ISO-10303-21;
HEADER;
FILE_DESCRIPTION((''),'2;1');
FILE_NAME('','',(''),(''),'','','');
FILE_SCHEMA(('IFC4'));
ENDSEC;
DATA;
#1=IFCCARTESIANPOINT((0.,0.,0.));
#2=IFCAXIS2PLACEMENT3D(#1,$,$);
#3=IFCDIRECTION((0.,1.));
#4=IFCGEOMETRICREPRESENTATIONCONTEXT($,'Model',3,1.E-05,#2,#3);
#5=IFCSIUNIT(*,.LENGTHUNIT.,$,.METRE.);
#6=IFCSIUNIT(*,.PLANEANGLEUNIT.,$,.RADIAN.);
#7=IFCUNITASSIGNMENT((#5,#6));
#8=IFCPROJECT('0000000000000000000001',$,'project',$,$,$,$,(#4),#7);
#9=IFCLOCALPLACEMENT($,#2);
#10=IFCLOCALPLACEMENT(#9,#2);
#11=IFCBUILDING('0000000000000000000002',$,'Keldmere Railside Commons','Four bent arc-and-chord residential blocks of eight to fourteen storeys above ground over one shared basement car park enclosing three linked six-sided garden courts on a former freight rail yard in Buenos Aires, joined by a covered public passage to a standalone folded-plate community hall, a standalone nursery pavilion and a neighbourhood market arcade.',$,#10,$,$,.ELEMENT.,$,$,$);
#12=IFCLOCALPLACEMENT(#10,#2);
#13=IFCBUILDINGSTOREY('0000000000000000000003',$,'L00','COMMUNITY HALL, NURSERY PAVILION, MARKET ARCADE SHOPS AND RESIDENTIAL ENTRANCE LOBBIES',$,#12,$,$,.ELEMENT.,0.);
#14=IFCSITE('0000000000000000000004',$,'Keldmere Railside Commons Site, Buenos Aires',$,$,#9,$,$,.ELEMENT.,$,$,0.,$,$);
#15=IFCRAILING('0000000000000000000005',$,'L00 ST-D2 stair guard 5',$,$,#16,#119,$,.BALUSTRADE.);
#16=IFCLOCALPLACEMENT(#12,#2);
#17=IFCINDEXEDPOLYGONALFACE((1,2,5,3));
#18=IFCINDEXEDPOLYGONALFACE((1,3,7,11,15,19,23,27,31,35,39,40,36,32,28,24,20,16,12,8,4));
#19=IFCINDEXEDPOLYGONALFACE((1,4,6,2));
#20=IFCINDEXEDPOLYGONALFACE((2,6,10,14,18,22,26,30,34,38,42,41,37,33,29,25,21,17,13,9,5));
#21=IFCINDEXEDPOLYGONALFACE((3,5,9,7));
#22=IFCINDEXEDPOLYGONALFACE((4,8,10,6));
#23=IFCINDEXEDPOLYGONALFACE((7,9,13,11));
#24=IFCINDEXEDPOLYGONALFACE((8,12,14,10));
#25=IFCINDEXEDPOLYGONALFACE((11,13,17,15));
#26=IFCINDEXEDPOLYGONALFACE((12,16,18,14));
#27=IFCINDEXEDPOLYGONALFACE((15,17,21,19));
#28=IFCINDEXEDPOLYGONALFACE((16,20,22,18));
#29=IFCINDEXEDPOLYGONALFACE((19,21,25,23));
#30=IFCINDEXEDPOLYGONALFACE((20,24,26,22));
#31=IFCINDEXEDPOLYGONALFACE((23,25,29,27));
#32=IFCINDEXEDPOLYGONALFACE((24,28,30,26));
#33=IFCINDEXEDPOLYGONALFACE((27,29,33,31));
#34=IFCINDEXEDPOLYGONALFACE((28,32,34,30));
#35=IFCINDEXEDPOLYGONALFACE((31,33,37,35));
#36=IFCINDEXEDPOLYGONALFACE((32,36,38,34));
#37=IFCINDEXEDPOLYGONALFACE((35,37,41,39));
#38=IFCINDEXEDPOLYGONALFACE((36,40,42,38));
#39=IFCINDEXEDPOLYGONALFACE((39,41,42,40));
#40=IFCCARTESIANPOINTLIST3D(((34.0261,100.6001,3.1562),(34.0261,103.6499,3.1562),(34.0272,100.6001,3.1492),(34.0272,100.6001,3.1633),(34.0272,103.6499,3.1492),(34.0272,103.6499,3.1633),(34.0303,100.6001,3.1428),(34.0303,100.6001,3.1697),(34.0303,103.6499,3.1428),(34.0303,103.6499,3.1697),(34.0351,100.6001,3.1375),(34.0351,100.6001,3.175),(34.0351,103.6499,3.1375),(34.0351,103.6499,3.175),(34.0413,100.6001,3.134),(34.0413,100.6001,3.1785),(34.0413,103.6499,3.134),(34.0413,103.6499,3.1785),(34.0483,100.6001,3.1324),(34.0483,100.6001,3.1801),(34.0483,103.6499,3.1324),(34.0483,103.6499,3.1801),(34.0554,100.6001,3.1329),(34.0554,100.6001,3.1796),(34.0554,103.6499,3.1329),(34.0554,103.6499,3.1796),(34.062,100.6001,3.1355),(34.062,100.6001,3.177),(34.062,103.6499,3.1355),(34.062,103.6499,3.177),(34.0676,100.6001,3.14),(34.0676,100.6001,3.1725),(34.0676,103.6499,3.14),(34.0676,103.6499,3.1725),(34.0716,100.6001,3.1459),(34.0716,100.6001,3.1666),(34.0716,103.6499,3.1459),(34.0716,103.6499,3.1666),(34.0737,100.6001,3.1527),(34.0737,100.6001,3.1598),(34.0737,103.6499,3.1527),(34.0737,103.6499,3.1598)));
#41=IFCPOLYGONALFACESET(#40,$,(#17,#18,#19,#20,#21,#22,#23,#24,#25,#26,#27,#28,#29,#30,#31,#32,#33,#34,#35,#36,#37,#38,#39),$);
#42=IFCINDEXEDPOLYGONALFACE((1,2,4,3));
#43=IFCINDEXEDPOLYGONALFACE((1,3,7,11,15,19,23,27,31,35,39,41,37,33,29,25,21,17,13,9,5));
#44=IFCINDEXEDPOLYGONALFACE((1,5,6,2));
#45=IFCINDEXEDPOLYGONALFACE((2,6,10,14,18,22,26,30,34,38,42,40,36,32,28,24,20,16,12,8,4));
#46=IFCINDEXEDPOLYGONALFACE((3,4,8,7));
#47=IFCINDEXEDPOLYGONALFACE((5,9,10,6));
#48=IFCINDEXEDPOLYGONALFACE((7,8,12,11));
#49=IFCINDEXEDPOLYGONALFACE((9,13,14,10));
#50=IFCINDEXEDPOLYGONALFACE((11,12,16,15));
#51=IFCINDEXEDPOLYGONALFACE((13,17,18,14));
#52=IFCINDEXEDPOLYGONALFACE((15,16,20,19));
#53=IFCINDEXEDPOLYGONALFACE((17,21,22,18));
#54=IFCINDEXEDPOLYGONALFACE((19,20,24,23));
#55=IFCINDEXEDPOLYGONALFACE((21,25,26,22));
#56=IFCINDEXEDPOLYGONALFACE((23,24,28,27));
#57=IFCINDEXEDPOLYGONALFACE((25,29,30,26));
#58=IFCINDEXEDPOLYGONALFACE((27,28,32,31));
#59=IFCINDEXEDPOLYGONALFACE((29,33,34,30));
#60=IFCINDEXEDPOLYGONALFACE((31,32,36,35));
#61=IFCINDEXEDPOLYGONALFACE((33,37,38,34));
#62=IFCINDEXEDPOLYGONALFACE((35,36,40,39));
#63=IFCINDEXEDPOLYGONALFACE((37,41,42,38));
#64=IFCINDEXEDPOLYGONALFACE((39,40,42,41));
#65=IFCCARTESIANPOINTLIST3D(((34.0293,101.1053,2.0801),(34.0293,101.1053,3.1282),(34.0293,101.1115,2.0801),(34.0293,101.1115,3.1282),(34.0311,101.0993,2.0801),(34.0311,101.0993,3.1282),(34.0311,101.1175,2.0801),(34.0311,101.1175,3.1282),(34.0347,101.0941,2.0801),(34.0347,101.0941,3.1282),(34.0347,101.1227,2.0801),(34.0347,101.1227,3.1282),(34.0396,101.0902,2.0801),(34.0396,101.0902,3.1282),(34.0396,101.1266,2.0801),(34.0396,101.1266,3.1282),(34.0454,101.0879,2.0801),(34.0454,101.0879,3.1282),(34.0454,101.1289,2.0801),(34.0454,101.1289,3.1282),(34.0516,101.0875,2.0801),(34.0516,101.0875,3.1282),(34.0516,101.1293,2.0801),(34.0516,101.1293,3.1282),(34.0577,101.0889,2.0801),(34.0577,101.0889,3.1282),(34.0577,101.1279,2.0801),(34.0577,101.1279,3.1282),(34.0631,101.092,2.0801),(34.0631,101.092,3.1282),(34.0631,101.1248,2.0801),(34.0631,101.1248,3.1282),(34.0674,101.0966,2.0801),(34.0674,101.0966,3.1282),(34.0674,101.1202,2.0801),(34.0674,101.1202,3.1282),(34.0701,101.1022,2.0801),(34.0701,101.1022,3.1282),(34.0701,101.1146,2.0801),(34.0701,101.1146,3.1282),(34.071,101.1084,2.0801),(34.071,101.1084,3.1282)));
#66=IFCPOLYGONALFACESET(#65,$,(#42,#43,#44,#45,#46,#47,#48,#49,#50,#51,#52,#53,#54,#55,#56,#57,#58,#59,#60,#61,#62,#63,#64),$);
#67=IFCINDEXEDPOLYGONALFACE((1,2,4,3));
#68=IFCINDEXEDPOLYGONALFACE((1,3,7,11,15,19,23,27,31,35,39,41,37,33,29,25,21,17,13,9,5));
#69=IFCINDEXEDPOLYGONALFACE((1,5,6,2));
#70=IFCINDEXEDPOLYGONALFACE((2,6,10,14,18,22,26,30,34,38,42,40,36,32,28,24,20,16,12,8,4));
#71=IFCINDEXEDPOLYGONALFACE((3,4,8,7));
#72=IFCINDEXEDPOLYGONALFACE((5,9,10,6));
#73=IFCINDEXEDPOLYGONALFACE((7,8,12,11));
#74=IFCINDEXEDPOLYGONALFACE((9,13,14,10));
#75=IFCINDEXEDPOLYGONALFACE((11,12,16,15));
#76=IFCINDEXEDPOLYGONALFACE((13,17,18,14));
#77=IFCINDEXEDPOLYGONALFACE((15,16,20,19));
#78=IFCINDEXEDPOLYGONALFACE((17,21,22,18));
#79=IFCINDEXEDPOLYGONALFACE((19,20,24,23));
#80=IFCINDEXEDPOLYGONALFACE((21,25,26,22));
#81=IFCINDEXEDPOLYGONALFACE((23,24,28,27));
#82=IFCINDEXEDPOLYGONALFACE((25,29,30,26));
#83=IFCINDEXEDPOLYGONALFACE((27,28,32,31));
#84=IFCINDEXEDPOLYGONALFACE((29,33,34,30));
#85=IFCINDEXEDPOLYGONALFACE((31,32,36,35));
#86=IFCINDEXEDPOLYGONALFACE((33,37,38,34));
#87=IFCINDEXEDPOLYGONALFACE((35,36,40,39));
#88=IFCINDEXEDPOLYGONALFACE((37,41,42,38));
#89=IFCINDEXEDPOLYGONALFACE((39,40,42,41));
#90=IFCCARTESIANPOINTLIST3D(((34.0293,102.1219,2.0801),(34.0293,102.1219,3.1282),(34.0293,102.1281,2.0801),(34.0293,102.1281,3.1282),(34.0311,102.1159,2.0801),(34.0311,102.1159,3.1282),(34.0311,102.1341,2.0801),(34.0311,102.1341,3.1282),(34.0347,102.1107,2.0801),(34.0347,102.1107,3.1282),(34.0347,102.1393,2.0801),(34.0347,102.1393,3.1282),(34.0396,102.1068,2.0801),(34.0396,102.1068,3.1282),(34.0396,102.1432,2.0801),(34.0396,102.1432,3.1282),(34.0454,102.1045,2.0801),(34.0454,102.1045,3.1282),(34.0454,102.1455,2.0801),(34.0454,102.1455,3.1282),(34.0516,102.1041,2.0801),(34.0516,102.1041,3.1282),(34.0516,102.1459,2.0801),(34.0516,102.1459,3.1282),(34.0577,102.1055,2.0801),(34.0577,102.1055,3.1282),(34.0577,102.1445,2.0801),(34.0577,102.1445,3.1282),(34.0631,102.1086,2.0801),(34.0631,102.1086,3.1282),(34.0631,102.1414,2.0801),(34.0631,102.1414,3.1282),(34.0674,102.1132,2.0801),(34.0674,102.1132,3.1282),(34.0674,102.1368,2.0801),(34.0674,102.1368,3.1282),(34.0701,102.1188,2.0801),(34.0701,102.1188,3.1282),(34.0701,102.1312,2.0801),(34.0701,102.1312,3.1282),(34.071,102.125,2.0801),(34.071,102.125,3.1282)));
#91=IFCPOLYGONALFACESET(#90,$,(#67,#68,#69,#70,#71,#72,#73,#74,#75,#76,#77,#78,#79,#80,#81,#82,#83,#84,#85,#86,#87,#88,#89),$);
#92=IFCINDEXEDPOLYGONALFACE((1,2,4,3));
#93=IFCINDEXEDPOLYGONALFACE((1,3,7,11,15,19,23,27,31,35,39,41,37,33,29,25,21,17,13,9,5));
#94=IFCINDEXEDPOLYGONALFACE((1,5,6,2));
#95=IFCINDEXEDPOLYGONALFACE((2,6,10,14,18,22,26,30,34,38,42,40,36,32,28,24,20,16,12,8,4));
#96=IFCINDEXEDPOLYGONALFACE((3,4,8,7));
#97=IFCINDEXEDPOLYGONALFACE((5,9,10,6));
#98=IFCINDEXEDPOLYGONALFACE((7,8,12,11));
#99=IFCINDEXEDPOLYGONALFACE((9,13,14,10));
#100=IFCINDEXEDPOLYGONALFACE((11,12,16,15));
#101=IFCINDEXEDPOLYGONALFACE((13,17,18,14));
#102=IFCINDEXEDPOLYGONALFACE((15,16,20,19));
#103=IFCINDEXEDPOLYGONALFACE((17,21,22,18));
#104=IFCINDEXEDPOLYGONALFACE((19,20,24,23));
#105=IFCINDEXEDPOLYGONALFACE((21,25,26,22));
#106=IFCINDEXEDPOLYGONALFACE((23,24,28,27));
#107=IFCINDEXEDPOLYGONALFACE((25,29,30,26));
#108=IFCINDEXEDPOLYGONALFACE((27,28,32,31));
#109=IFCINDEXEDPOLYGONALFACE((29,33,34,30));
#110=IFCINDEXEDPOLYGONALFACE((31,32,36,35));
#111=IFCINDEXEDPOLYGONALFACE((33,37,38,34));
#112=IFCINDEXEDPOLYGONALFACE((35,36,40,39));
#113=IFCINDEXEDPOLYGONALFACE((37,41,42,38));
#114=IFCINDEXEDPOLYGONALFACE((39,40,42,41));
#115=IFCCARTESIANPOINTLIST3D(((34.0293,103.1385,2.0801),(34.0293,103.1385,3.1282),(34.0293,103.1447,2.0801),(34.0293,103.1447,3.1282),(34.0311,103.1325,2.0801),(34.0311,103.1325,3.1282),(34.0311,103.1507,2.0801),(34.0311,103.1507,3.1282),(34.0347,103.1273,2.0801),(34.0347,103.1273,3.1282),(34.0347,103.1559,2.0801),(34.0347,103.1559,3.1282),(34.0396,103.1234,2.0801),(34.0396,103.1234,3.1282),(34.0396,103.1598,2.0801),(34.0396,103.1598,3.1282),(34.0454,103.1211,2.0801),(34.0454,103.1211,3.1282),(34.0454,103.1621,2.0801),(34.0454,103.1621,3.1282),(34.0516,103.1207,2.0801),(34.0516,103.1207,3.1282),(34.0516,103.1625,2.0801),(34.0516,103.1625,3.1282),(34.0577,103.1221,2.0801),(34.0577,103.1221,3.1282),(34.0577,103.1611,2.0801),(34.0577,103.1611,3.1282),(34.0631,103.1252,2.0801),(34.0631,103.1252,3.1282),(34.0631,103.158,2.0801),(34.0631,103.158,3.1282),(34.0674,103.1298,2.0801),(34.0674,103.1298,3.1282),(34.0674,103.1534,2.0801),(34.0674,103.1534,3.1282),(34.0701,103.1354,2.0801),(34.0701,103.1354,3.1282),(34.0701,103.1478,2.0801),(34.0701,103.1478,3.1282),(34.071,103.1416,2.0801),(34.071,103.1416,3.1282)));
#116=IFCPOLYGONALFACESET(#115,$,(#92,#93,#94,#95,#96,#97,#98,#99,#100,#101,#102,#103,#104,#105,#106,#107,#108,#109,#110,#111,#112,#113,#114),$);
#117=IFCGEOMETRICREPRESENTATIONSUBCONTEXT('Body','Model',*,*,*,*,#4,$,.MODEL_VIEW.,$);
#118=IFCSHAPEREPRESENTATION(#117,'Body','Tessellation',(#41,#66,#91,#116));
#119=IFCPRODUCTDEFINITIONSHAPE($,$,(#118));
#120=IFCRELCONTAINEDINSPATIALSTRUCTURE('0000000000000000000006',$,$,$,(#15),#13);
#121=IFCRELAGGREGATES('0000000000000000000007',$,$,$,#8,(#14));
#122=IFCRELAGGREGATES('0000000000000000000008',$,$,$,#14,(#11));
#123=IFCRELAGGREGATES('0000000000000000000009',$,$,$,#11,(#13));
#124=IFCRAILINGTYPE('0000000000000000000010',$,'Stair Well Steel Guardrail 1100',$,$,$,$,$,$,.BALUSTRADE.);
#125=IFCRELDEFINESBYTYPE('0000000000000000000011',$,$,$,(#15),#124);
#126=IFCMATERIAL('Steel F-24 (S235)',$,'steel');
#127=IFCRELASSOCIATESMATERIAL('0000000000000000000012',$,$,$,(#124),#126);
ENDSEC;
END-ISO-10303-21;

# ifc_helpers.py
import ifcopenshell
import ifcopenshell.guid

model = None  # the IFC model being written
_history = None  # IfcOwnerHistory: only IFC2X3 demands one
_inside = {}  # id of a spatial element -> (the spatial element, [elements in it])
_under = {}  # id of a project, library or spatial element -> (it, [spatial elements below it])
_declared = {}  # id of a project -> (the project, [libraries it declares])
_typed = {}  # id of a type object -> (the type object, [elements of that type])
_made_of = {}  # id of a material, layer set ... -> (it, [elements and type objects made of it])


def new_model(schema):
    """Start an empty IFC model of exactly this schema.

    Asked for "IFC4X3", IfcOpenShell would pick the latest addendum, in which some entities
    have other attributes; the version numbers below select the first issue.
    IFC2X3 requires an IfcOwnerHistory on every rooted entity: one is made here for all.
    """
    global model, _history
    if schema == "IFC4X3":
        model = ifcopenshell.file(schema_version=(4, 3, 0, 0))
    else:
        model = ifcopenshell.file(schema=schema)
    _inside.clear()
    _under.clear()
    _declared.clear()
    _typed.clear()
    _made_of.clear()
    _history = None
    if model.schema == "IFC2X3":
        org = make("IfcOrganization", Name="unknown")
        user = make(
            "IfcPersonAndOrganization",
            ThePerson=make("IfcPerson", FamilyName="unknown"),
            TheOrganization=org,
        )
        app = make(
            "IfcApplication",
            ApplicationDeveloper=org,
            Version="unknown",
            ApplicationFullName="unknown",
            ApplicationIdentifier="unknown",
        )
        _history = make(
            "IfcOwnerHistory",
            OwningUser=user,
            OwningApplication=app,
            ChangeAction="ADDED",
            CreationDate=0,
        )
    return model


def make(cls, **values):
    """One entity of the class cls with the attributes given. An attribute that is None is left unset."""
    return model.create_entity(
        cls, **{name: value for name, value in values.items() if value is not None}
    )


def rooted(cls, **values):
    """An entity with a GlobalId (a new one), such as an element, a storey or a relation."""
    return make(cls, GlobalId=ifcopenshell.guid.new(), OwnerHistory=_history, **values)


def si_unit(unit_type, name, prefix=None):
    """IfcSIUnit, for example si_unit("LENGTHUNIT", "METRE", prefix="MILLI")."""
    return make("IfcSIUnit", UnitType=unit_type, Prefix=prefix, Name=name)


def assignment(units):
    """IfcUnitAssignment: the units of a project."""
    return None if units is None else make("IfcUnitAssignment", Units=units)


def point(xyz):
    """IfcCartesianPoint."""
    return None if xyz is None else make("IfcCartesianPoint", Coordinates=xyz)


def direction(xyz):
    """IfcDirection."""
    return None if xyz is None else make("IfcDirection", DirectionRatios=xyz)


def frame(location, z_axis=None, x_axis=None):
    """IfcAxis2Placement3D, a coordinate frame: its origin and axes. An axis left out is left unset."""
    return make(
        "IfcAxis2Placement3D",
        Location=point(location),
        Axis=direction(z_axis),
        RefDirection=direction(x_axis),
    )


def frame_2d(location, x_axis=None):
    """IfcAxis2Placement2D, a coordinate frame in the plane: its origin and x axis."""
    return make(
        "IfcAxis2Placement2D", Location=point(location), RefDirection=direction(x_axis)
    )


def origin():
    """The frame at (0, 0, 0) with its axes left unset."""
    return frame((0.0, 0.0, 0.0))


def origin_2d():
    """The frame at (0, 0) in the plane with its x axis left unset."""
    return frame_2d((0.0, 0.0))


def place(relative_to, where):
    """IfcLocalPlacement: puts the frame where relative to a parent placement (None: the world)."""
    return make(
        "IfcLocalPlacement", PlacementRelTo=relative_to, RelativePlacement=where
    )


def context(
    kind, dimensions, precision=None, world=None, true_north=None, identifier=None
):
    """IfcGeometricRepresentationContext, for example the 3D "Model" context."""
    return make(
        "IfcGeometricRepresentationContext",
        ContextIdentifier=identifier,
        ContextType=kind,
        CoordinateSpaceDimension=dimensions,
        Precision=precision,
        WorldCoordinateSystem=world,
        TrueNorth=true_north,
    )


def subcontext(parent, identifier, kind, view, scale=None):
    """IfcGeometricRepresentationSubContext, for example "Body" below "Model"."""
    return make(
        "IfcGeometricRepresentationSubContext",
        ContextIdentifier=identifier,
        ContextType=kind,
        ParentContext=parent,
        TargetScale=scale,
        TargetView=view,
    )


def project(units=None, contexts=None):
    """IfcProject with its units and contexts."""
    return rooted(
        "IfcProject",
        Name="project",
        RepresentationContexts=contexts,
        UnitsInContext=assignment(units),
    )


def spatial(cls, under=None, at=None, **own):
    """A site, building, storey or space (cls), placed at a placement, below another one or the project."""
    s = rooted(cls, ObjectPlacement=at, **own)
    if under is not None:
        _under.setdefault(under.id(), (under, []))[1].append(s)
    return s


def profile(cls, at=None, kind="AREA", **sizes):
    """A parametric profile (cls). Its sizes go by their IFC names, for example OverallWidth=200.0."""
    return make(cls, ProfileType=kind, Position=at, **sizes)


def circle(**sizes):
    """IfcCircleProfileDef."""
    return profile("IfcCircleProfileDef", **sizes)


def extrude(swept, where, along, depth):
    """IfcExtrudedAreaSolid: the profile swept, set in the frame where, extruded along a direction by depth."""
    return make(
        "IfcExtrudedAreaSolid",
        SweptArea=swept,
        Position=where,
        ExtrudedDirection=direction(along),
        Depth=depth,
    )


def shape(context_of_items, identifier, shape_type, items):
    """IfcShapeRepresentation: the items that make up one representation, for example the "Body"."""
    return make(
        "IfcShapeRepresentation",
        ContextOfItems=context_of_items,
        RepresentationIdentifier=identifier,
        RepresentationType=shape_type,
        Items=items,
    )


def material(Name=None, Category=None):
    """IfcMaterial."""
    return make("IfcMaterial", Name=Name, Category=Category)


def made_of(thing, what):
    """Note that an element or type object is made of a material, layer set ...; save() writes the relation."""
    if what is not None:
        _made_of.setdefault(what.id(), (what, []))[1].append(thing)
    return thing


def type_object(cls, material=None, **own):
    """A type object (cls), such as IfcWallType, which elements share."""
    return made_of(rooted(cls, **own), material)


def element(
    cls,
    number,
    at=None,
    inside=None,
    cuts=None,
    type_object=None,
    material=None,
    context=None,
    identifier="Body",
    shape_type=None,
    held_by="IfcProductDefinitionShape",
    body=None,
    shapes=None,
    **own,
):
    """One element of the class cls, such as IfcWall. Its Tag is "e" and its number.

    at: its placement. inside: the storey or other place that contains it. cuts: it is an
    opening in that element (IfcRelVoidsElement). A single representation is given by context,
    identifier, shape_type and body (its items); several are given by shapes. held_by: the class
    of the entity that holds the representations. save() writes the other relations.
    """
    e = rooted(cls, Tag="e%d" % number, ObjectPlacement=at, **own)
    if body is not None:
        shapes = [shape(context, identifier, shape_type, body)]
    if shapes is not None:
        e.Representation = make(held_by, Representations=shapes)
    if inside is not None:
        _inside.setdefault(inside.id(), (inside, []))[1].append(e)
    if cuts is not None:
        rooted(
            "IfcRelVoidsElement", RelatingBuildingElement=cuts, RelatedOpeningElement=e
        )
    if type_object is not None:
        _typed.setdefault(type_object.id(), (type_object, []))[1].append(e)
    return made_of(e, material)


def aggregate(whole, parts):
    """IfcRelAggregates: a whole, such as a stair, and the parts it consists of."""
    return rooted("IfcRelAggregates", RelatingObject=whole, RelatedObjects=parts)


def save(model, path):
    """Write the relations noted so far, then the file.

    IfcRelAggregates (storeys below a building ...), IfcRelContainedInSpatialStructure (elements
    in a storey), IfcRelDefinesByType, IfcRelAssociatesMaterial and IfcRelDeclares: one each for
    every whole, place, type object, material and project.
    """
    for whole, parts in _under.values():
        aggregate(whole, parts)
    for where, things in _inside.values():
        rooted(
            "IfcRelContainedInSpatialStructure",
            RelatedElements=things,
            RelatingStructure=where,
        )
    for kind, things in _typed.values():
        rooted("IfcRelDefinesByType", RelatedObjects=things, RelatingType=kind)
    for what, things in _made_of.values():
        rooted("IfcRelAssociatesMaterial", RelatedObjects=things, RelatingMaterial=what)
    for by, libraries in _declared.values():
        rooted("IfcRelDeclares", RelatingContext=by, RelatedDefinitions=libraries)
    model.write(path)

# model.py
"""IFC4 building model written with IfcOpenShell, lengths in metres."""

from ifc_helpers import new_model, si_unit, direction, frame, origin, origin_2d, place, context, subcontext, project, spatial, circle, extrude, material, type_object, element, save


model = new_model("IFC4")

# Units and contexts
model_context = context("Model", 3, precision=1e-05, world=origin(), true_north=direction((0.0, 1.0)))
body_context = subcontext(model_context, "Body", "Model", "MODEL_VIEW")
ifc_project = project(units=[si_unit("LENGTHUNIT", "METRE"), si_unit("PLANEANGLEUNIT", "RADIAN")], contexts=[model_context])

# Site, building, storey
site_placement = place(None, origin())
site = spatial("IfcSite", under=ifc_project, at=site_placement, Name="Keldmere Railside Commons Site, Buenos Aires", CompositionType="ELEMENT", RefElevation=0.0)
building_placement = place(site_placement, origin())
building = spatial("IfcBuilding", under=site, at=building_placement, Name="Keldmere Railside Commons", Description="Four bent arc-and-chord residential blocks of eight to fourteen storeys above ground over one shared basement car park enclosing three linked six-sided garden courts on a former freight rail yard in Buenos Aires, joined by a covered public passage to a standalone folded-plate community hall, a standalone nursery pavilion and a neighbourhood market arcade.", CompositionType="ELEMENT")
storey_placement = place(building_placement, origin())
storey = spatial("IfcBuildingStorey", under=building, at=storey_placement, Name="L00", Description="COMMUNITY HALL, NURSERY PAVILION, MARKET ARCADE SHOPS AND RESIDENTIAL ENTRANCE LOBBIES", CompositionType="ELEMENT", Elevation=0.0)

# Railing
ifc_material_1 = material(Name="Steel F-24 (S235)", Category="steel")
railing_type = type_object("IfcRailingType", Name="Stair Well Steel Guardrail 1100", PredefinedType="BALUSTRADE", material=ifc_material_1)
railing_placement = place(storey_placement, frame((34.05, 100.6001, 2.0801)))
element("IfcRailing", 1, at=railing_placement, inside=storey, type_object=railing_type, Name="L00 ST-D2 stair guard 5", PredefinedType="BALUSTRADE", context=body_context, shape_type="SweptSolid", body=[
    extrude(circle(Radius=0.0239, at=origin_2d()), frame((0.0, 0.0, 1.0762), z_axis=(0.0, 1.0, 0.0), x_axis=(-1.0, 0.0, 0.0)), (0.0, 0.0, 1.0), 3.0498),
    extrude(circle(Radius=0.021, at=origin_2d()), frame((0.0, 0.5083, 0.0)), (0.0, 0.0, 1.0), 1.0481),
    extrude(circle(Radius=0.021, at=origin_2d()), frame((0.0, 1.5249, 0.0)), (0.0, 0.0, 1.0), 1.0481),
    extrude(circle(Radius=0.021, at=origin_2d()), frame((0.0, 2.5415, 0.0)), (0.0, 0.0, 1.0), 1.0481),
])

save(model, "model.ifc")
